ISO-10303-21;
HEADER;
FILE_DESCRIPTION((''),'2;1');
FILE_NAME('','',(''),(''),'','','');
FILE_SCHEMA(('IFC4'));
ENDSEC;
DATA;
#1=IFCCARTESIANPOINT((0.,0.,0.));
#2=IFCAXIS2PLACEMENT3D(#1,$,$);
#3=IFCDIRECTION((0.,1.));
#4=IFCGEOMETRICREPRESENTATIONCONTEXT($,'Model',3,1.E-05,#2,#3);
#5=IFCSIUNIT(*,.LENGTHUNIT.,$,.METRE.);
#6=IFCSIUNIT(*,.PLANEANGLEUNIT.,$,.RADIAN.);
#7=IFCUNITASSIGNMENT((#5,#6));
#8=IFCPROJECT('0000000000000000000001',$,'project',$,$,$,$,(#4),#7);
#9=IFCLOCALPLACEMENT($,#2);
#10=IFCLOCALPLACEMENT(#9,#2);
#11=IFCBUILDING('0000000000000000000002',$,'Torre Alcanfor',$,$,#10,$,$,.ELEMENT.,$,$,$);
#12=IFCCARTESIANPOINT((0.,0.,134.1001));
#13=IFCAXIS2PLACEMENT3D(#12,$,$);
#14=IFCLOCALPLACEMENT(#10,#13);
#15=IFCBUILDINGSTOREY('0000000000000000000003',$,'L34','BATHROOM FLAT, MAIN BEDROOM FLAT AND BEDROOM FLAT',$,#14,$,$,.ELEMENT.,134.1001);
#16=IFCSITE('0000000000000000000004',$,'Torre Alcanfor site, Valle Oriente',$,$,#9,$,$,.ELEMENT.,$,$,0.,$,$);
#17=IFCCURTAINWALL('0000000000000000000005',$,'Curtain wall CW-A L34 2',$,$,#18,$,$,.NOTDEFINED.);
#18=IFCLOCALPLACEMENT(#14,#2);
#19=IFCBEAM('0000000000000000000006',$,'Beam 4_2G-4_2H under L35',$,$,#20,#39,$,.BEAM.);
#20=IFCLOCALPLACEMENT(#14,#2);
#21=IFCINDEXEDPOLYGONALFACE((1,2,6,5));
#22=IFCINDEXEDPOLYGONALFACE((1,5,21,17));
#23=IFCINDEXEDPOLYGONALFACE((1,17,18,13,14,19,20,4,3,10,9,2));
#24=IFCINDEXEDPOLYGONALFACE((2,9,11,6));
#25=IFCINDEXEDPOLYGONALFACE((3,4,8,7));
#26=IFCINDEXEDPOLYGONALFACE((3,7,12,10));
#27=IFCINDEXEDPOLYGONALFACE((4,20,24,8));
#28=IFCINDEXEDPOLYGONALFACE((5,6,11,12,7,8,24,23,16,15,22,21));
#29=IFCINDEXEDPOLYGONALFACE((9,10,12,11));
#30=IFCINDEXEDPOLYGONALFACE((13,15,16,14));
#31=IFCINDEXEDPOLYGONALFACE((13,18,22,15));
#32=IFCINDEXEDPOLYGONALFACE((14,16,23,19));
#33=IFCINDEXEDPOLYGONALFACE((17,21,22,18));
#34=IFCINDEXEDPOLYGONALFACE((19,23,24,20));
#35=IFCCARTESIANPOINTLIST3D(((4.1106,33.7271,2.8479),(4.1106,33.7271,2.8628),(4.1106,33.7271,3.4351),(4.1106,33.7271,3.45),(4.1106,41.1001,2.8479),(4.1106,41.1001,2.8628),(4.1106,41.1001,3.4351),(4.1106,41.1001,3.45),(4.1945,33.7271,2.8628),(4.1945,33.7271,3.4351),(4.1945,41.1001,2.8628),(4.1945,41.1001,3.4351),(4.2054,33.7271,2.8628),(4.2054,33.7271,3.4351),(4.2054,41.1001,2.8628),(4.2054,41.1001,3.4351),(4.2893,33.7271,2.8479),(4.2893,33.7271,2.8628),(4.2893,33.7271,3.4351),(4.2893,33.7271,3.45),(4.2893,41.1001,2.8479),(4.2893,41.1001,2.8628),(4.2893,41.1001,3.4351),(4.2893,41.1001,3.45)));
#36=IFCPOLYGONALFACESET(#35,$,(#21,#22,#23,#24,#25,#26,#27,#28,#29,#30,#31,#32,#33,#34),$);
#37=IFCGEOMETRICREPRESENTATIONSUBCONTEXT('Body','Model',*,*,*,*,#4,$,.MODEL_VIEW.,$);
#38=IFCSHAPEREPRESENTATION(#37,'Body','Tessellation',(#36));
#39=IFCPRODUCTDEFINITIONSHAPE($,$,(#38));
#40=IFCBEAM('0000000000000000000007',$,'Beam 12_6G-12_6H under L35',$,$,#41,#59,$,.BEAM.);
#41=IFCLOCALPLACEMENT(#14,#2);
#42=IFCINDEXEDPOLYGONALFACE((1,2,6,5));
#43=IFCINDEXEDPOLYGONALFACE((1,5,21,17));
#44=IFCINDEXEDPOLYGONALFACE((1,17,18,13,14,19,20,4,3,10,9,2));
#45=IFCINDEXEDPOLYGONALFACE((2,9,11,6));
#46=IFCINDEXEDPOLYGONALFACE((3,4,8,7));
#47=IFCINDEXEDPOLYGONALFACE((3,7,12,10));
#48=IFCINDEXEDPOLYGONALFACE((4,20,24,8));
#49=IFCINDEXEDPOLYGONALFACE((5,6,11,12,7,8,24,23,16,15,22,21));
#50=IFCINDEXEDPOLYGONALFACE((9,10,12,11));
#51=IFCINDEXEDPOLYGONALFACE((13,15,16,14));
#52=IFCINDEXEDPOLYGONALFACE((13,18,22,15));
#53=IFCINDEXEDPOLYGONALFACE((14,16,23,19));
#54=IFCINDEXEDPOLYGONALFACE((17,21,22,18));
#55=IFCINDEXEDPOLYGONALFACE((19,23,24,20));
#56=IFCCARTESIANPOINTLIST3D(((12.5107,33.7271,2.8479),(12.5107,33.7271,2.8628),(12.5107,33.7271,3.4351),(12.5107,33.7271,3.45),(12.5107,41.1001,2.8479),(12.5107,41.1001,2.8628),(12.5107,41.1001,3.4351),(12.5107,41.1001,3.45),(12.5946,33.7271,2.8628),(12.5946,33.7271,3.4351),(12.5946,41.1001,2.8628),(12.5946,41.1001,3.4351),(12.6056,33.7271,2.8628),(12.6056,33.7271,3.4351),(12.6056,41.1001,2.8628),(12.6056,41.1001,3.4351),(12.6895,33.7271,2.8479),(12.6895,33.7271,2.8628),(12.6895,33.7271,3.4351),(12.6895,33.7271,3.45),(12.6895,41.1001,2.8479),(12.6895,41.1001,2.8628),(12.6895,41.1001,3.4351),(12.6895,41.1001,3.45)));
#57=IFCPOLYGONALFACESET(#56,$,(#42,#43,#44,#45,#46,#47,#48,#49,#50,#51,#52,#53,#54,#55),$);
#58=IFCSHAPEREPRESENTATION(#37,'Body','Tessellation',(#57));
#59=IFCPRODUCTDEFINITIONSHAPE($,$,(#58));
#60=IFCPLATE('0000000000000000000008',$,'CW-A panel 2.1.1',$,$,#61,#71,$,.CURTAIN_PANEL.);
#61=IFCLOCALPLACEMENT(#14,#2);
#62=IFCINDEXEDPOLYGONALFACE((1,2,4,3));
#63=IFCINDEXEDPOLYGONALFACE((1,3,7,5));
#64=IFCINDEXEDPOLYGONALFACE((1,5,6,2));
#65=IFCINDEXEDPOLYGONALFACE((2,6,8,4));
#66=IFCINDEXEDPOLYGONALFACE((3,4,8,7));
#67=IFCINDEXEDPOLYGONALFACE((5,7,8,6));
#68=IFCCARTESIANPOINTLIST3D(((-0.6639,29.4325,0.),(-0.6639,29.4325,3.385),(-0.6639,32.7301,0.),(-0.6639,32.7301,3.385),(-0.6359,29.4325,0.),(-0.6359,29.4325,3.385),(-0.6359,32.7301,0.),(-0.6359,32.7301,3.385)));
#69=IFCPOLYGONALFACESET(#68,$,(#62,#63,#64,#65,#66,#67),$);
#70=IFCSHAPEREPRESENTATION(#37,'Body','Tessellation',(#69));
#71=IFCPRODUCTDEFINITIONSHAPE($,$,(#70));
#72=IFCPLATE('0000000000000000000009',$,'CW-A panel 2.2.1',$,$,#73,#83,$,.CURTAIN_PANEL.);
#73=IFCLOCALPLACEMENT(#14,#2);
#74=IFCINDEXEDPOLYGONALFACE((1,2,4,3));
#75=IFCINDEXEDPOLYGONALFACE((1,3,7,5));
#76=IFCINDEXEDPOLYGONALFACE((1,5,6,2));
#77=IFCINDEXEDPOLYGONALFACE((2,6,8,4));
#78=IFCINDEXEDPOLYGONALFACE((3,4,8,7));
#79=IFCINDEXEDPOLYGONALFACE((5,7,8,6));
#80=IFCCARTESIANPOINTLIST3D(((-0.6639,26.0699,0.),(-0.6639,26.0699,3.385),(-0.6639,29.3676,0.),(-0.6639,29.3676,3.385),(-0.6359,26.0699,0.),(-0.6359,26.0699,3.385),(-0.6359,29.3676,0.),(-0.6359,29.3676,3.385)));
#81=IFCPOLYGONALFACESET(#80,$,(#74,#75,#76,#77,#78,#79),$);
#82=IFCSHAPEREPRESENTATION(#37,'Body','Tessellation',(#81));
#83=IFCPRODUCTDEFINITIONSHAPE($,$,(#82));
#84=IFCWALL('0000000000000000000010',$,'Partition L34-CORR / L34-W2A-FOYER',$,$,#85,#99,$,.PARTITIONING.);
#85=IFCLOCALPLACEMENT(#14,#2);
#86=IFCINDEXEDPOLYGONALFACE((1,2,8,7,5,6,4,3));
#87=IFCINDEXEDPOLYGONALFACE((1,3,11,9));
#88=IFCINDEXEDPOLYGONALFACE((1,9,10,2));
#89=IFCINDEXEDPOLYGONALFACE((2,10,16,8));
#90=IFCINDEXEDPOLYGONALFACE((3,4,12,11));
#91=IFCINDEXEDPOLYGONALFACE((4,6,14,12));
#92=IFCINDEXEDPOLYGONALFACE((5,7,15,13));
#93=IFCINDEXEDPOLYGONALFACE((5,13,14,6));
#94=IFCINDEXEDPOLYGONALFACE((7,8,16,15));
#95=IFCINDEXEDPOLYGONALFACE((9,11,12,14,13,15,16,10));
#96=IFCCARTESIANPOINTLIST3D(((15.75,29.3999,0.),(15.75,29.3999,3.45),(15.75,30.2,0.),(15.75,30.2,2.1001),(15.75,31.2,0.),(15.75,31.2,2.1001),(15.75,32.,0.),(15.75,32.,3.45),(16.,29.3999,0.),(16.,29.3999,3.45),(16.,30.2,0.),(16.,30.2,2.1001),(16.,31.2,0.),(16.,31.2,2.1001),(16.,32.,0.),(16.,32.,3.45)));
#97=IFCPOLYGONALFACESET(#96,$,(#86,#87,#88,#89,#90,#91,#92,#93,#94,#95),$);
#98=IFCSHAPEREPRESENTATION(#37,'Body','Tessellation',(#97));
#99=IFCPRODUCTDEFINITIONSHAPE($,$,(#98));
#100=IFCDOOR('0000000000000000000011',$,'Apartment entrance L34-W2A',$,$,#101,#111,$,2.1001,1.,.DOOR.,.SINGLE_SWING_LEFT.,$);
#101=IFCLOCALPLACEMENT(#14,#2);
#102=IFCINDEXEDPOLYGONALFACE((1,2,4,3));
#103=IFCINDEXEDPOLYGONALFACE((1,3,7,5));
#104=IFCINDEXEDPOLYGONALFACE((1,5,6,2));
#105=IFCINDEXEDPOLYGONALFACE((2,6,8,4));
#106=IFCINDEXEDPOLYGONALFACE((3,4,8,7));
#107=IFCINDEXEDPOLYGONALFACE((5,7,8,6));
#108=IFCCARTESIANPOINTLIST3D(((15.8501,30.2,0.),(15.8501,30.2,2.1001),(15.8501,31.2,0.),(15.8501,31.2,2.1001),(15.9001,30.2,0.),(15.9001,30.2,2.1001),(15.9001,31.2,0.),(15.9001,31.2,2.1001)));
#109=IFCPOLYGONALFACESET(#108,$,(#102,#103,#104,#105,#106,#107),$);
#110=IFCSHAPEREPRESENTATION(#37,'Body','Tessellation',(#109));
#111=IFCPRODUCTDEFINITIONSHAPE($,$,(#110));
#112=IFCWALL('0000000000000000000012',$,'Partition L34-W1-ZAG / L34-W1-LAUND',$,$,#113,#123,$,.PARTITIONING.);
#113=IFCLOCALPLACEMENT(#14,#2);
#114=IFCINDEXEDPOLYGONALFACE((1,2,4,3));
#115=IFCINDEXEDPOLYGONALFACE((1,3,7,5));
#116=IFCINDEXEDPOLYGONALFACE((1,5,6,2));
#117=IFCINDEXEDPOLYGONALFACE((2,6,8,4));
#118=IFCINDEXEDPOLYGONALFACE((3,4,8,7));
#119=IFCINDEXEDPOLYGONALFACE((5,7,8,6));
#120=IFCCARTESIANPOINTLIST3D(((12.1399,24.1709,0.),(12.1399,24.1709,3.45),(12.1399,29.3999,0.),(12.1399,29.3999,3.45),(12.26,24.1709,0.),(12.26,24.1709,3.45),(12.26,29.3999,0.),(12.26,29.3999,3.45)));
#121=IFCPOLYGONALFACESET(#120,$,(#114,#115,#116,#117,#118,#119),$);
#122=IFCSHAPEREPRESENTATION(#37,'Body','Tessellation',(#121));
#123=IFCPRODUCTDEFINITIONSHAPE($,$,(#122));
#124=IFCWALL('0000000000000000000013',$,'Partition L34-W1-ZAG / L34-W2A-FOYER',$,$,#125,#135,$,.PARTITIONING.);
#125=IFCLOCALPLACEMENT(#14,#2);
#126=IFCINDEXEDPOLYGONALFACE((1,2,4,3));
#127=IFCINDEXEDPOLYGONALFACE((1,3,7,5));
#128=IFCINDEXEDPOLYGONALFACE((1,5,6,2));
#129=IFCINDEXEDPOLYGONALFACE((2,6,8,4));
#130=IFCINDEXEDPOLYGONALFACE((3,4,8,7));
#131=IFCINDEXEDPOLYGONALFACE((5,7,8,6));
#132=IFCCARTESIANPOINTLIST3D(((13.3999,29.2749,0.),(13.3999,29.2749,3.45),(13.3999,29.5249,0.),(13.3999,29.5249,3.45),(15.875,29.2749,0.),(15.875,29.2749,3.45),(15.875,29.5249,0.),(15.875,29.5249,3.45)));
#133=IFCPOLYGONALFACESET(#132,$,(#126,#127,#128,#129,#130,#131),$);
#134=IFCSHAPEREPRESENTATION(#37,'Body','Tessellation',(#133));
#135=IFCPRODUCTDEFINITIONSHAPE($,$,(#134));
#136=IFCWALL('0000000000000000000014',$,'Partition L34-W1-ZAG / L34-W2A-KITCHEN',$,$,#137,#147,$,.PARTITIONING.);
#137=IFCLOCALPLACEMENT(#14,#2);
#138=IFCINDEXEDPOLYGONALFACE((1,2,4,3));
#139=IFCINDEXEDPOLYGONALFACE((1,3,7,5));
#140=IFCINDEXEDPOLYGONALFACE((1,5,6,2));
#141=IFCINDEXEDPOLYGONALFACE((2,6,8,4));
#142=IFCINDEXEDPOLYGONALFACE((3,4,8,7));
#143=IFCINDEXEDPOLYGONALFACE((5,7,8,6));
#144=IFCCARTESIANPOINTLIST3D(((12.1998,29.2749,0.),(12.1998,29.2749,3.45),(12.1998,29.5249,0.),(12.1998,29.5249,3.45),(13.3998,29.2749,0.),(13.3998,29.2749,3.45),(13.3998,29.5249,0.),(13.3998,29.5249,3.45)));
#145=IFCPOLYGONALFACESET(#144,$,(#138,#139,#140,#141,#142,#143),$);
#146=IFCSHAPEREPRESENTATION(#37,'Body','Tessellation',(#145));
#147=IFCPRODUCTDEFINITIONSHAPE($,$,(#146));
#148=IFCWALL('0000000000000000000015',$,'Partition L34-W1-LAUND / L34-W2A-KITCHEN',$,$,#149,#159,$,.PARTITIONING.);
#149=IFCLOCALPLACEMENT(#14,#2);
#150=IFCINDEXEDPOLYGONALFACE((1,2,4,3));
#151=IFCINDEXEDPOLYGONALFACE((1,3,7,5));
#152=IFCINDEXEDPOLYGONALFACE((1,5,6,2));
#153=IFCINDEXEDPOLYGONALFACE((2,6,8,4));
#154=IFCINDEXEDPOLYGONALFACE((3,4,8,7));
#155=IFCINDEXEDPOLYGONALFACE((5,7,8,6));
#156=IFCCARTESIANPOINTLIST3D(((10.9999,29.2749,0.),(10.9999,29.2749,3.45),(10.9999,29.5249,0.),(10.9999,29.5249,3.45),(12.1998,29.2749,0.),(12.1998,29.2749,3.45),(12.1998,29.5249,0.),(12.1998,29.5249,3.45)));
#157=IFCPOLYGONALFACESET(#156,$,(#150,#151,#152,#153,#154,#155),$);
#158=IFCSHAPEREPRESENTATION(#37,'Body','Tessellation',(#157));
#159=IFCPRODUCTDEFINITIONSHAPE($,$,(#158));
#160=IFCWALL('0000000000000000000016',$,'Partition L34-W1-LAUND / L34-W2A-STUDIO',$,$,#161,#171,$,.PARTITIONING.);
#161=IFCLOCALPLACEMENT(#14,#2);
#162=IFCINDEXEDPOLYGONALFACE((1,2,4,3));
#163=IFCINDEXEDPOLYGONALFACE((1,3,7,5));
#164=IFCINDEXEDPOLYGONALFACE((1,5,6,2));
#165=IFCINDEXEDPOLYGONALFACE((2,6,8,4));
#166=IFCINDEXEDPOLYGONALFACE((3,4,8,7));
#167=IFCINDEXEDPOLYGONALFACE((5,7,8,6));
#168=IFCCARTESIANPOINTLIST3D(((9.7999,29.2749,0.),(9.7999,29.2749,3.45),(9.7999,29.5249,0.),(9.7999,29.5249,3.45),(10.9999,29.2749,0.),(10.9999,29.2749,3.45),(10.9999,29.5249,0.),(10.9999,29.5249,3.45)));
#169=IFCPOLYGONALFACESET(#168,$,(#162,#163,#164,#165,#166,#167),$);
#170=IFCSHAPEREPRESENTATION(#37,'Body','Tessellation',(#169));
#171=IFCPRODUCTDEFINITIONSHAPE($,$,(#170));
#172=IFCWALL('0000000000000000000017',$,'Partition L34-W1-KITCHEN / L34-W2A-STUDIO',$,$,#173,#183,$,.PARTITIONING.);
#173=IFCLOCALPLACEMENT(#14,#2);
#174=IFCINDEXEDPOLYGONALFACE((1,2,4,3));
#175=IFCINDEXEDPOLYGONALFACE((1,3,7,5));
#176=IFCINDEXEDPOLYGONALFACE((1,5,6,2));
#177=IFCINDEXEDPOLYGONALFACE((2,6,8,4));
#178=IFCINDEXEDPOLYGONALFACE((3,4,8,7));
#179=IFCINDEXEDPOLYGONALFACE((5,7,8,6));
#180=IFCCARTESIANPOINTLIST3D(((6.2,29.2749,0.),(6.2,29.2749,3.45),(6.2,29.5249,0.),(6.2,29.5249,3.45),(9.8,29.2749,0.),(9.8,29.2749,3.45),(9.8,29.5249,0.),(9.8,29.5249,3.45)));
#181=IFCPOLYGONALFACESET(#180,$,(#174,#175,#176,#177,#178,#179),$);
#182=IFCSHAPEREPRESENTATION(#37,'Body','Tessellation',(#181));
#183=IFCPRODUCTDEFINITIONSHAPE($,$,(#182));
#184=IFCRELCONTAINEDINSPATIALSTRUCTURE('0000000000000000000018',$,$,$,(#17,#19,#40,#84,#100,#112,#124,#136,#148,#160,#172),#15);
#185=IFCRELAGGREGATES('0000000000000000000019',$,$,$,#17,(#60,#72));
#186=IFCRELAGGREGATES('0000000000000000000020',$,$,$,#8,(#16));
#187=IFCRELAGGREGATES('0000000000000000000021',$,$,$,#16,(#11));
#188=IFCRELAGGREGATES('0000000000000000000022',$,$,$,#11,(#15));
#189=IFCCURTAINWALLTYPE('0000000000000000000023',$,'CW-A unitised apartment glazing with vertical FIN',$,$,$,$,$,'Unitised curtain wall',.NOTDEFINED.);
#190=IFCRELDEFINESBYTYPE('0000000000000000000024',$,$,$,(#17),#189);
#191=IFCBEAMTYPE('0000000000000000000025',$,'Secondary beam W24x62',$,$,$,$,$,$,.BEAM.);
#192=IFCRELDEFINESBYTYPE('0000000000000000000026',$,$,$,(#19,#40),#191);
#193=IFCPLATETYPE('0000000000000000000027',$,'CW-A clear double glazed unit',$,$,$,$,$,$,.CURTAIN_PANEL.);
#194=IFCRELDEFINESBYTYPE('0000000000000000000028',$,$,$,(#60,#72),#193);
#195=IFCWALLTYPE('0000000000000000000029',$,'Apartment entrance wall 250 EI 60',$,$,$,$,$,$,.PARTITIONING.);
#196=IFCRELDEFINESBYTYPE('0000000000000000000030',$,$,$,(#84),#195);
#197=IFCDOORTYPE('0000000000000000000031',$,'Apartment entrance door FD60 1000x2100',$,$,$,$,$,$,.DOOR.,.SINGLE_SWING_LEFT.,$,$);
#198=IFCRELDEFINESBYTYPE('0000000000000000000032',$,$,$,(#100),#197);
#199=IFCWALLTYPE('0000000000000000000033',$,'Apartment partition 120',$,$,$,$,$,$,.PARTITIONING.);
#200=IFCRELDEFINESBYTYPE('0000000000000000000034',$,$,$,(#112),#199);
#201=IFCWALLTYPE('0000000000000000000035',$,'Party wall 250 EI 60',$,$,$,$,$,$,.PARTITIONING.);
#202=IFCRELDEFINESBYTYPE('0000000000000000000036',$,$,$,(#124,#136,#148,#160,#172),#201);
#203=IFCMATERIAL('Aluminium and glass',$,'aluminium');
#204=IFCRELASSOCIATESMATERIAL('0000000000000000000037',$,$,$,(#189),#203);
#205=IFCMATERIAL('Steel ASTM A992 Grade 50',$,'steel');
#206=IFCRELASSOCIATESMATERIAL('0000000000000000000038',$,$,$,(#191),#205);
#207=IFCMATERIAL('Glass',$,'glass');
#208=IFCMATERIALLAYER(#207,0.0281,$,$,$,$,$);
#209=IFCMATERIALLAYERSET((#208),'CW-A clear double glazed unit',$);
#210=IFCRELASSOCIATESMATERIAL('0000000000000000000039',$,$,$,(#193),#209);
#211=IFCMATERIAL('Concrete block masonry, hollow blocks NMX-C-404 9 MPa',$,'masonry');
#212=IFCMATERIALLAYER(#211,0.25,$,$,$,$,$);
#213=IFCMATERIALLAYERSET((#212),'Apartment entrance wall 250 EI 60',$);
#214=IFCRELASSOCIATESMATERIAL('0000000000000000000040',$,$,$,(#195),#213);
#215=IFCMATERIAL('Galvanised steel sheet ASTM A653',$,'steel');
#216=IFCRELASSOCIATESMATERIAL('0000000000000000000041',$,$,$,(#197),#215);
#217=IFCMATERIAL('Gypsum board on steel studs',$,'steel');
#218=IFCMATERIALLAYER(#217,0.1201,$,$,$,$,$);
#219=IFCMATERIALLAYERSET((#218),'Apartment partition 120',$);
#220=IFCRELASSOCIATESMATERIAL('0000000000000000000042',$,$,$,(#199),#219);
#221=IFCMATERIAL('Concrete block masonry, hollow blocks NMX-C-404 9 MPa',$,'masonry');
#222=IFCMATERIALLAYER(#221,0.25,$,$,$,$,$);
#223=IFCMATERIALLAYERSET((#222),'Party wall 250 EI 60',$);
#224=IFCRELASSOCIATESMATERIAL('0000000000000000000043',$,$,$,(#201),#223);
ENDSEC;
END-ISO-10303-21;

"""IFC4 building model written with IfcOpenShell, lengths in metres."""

from ifc_helpers import new_model, si_unit, direction, frame, frame_2d, origin, origin_2d, place, context, subcontext, project, spatial, rectangle, i_section, extrude, material, layer, layer_set, material_profile, profile_set, type_object, element, fill, aggregate, save


model = new_model("IFC4")

# Units and contexts
model_context = context("Model", 3, precision=1e-05, world=origin(), true_north=direction((0.0, 1.0)))
body_context = subcontext(model_context, "Body", "Model", "MODEL_VIEW")
ifc_project = project(units=[si_unit("LENGTHUNIT", "METRE"), si_unit("PLANEANGLEUNIT", "RADIAN")], contexts=[model_context])

# Site, building, storey
site_placement = place(None, origin())
site = spatial("IfcSite", under=ifc_project, at=site_placement, Name="Torre Alcanfor site, Valle Oriente", CompositionType="ELEMENT", RefElevation=0.0)
building_placement = place(site_placement, origin())
building = spatial("IfcBuilding", under=site, at=building_placement, Name="Torre Alcanfor", CompositionType="ELEMENT")
storey_placement = place(building_placement, frame((0.0, 0.0, 134.1001)))
storey = spatial("IfcBuildingStorey", under=building, at=storey_placement, Name="L34", Description="BATHROOM FLAT, MAIN BEDROOM FLAT AND BEDROOM FLAT", CompositionType="ELEMENT", Elevation=134.1001)

# Curtain wall
ifc_material_1 = material(Name="Aluminium and glass", Category="aluminium")
curtain_wall_type = type_object("IfcCurtainWallType", Name="CW-A unitised apartment glazing with vertical FIN", ElementType="Unitised curtain wall", PredefinedType="NOTDEFINED", material=ifc_material_1)
curtain_wall_placement = place(storey_placement, origin())
curtain_wall = element("IfcCurtainWall", 1, at=curtain_wall_placement, inside=storey, type_object=curtain_wall_type, Name="Curtain wall CW-A L34 2", PredefinedType="NOTDEFINED")

# Beams
ifc_material_2 = material(Name="Steel ASTM A992 Grade 50", Category="steel")
ifc_material_profile_1 = material_profile(ifc_material_2, i_section(OverallWidth=0.1787, OverallDepth=0.6021, WebThickness=0.011, FlangeThickness=0.0149, at=origin_2d()), Name="W24x62")
ifc_profile_set_1 = profile_set([ifc_material_profile_1], Name="Steel ASTM A992 Grade 50")
beam_type_1 = type_object("IfcBeamType", Name="Secondary beam W24x62", PredefinedType="BEAM", material=ifc_profile_set_1)
for number, where, z_axis, x_axis, name in (
    (2, (4.2, 33.7271, 3.1489), (0.0, 1.0, 0.0), (-1.0, 0.0, 0.0), "Beam 4_2G-4_2H under L35"),
    (3, (12.6001, 33.7271, 3.1489), (0.0, 1.0, 0.0), (-1.0, 0.0, 0.0), "Beam 12_6G-12_6H under L35"),
):
    element("IfcBeam", number, at=place(storey_placement, frame(where, z_axis=z_axis, x_axis=x_axis)), inside=storey, type_object=beam_type_1, Name=name, PredefinedType="BEAM", context=body_context, shape_type="SweptSolid", body=[
        extrude(i_section(OverallWidth=0.1787, OverallDepth=0.6021, WebThickness=0.011, FlangeThickness=0.0149, at=origin_2d()), origin(), (0.0, 0.0, 1.0), 7.373),
    ])

# Plates
ifc_material_3 = material(Name="Glass", Category="glass")
ifc_layer_1 = layer(ifc_material_3, 0.0281)
ifc_layer_set_1 = layer_set([ifc_layer_1], Name="CW-A clear double glazed unit")
plate_type = type_object("IfcPlateType", Name="CW-A clear double glazed unit", PredefinedType="CURTAIN_PANEL", material=ifc_layer_set_1)
plate_1_placement = place(storey_placement, frame((-0.6499, 31.0813, 0.0), z_axis=(0.0, 0.0, 1.0), x_axis=(0.0, -1.0, 0.0)))
plate_1 = element("IfcPlate", 4, at=plate_1_placement, type_object=plate_type, Name="CW-A panel 2.1.1", PredefinedType="CURTAIN_PANEL", context=body_context, shape_type="SweptSolid", body=[
    extrude(rectangle(XDim=3.2976, YDim=0.0281, at=origin_2d()), origin(), (0.0, 0.0, 1.0), 3.385),
])
plate_2_placement = place(storey_placement, frame((-0.6499, 27.7188, 0.0), z_axis=(0.0, 0.0, 1.0), x_axis=(0.0, -1.0, 0.0)))
plate_2 = element("IfcPlate", 5, at=plate_2_placement, type_object=plate_type, Name="CW-A panel 2.2.1", PredefinedType="CURTAIN_PANEL", context=body_context, shape_type="SweptSolid", body=[
    extrude(rectangle(XDim=3.2976, YDim=0.0281, at=origin_2d()), origin(), (0.0, 0.0, 1.0), 3.385),
])
aggregate(curtain_wall, [plate_1, plate_2])

# Wall, opening, door
ifc_material_4 = material(Name="Concrete block masonry, hollow blocks NMX-C-404 9 MPa", Category="masonry")
ifc_layer_2 = layer(ifc_material_4, 0.25)
ifc_layer_set_2 = layer_set([ifc_layer_2], Name="Apartment entrance wall 250 EI 60")
wall_type_1 = type_object("IfcWallType", Name="Apartment entrance wall 250 EI 60", PredefinedType="PARTITIONING", material=ifc_layer_set_2)
wall_1_placement = place(storey_placement, frame((15.875, 29.3999, 0.0), z_axis=(0.0, 0.0, 1.0), x_axis=(0.0, 1.0, 0.0)))
wall_1 = element("IfcWall", 6, at=wall_1_placement, inside=storey, type_object=wall_type_1, Name="Partition L34-CORR / L34-W2A-FOYER", PredefinedType="PARTITIONING", context=body_context, shape_type="SweptSolid", body=[
    extrude(rectangle(XDim=2.6001, YDim=0.25, at=frame_2d((1.3, 0.0))), origin(), (0.0, 0.0, 1.0), 3.45),
])
opening_1_placement = place(wall_1_placement, frame((0.8, 0.0, 0.0)))
opening_1 = element("IfcOpeningElement", 7, at=opening_1_placement, cuts=wall_1, PredefinedType="OPENING", context=body_context, shape_type="SweptSolid", body=[
    extrude(rectangle(XDim=1.0, YDim=2.1001, at=frame_2d((0.5, 1.05))), frame((0.0, 0.135, 0.0), z_axis=(0.0, -1.0, 0.0), x_axis=(1.0, 0.0, 0.0)), (0.0, 0.0, 1.0), 0.27),
])
ifc_material_5 = material(Name="Galvanised steel sheet ASTM A653", Category="steel")
door_type_1 = type_object("IfcDoorType", Name="Apartment entrance door FD60 1000x2100", OperationType="SINGLE_SWING_LEFT", PredefinedType="DOOR", material=ifc_material_5)
door_1_placement = place(opening_1_placement, origin())
door_1 = element("IfcDoor", 8, at=door_1_placement, inside=storey, type_object=door_type_1, Name="Apartment entrance L34-W2A", OperationType="SINGLE_SWING_LEFT", OverallHeight=2.1001, OverallWidth=1.0, PredefinedType="DOOR", context=body_context, shape_type="SweptSolid", body=[
    extrude(rectangle(XDim=1.0, YDim=2.1001, at=frame_2d((0.5, 1.05))), frame((0.0, 0.0249, 0.0), z_axis=(0.0, -1.0, 0.0), x_axis=(1.0, 0.0, 0.0)), (0.0, 0.0, 1.0), 0.05),
])
fill(opening_1, door_1)

# Walls
ifc_material_6 = material(Name="Gypsum board on steel studs", Category="steel")
ifc_layer_3 = layer(ifc_material_6, 0.1201)
ifc_layer_set_3 = layer_set([ifc_layer_3], Name="Apartment partition 120")
wall_type_2 = type_object("IfcWallType", Name="Apartment partition 120", PredefinedType="PARTITIONING", material=ifc_layer_set_3)
wall_2_placement = place(storey_placement, frame((12.2, 29.3999, 0.0), z_axis=(0.0, 0.0, 1.0), x_axis=(0.0, -1.0, 0.0)))
element("IfcWall", 9, at=wall_2_placement, inside=storey, type_object=wall_type_2, Name="Partition L34-W1-ZAG / L34-W1-LAUND", PredefinedType="PARTITIONING", context=body_context, shape_type="SweptSolid", body=[
    extrude(rectangle(XDim=5.229, YDim=0.1201, at=frame_2d((2.6145, 0.0))), origin(), (0.0, 0.0, 1.0), 3.45),
])
ifc_material_7 = material(Name="Concrete block masonry, hollow blocks NMX-C-404 9 MPa", Category="masonry")
ifc_layer_4 = layer(ifc_material_7, 0.25)
ifc_layer_set_4 = layer_set([ifc_layer_4], Name="Party wall 250 EI 60")
wall_type_3 = type_object("IfcWallType", Name="Party wall 250 EI 60", PredefinedType="PARTITIONING", material=ifc_layer_set_4)
wall_3_placement = place(storey_placement, frame((15.875, 29.3999, 0.0), z_axis=(0.0, 0.0, 1.0), x_axis=(-1.0, 0.0, 0.0)))
element("IfcWall", 10, at=wall_3_placement, inside=storey, type_object=wall_type_3, Name="Partition L34-W1-ZAG / L34-W2A-FOYER", PredefinedType="PARTITIONING", context=body_context, shape_type="SweptSolid", body=[
    extrude(rectangle(XDim=2.4751, YDim=0.25, at=frame_2d((1.2375, 0.0))), origin(), (0.0, 0.0, 1.0), 3.45),
])
for number, where, z_axis, x_axis, name in (
    (11, (13.3999, 29.3999, 0.0), (0.0, 0.0, 1.0), (-1.0, 0.0, 0.0), "Partition L34-W1-ZAG / L34-W2A-KITCHEN"),
    (12, (12.2, 29.3999, 0.0), (0.0, 0.0, 1.0), (-1.0, 0.0, 0.0), "Partition L34-W1-LAUND / L34-W2A-KITCHEN"),
    (13, (11.0, 29.3999, 0.0), (0.0, 0.0, 1.0), (-1.0, 0.0, 0.0), "Partition L34-W1-LAUND / L34-W2A-STUDIO"),
):
    element("IfcWall", number, at=place(storey_placement, frame(where, z_axis=z_axis, x_axis=x_axis)), inside=storey, type_object=wall_type_3, Name=name, PredefinedType="PARTITIONING", context=body_context, shape_type="SweptSolid", body=[
        extrude(rectangle(XDim=1.2, YDim=0.25, at=frame_2d((0.6001, 0.0))), origin(), (0.0, 0.0, 1.0), 3.45),
    ])
wall_4_placement = place(storey_placement, frame((9.8, 29.3999, 0.0), z_axis=(0.0, 0.0, 1.0), x_axis=(-1.0, 0.0, 0.0)))
element("IfcWall", 14, at=wall_4_placement, inside=storey, type_object=wall_type_3, Name="Partition L34-W1-KITCHEN / L34-W2A-STUDIO", PredefinedType="PARTITIONING", context=body_context, shape_type="SweptSolid", body=[
    extrude(rectangle(XDim=3.6001, YDim=0.25, at=frame_2d((1.8, 0.0))), origin(), (0.0, 0.0, 1.0), 3.45),
])

save(model, "model.ifc")
